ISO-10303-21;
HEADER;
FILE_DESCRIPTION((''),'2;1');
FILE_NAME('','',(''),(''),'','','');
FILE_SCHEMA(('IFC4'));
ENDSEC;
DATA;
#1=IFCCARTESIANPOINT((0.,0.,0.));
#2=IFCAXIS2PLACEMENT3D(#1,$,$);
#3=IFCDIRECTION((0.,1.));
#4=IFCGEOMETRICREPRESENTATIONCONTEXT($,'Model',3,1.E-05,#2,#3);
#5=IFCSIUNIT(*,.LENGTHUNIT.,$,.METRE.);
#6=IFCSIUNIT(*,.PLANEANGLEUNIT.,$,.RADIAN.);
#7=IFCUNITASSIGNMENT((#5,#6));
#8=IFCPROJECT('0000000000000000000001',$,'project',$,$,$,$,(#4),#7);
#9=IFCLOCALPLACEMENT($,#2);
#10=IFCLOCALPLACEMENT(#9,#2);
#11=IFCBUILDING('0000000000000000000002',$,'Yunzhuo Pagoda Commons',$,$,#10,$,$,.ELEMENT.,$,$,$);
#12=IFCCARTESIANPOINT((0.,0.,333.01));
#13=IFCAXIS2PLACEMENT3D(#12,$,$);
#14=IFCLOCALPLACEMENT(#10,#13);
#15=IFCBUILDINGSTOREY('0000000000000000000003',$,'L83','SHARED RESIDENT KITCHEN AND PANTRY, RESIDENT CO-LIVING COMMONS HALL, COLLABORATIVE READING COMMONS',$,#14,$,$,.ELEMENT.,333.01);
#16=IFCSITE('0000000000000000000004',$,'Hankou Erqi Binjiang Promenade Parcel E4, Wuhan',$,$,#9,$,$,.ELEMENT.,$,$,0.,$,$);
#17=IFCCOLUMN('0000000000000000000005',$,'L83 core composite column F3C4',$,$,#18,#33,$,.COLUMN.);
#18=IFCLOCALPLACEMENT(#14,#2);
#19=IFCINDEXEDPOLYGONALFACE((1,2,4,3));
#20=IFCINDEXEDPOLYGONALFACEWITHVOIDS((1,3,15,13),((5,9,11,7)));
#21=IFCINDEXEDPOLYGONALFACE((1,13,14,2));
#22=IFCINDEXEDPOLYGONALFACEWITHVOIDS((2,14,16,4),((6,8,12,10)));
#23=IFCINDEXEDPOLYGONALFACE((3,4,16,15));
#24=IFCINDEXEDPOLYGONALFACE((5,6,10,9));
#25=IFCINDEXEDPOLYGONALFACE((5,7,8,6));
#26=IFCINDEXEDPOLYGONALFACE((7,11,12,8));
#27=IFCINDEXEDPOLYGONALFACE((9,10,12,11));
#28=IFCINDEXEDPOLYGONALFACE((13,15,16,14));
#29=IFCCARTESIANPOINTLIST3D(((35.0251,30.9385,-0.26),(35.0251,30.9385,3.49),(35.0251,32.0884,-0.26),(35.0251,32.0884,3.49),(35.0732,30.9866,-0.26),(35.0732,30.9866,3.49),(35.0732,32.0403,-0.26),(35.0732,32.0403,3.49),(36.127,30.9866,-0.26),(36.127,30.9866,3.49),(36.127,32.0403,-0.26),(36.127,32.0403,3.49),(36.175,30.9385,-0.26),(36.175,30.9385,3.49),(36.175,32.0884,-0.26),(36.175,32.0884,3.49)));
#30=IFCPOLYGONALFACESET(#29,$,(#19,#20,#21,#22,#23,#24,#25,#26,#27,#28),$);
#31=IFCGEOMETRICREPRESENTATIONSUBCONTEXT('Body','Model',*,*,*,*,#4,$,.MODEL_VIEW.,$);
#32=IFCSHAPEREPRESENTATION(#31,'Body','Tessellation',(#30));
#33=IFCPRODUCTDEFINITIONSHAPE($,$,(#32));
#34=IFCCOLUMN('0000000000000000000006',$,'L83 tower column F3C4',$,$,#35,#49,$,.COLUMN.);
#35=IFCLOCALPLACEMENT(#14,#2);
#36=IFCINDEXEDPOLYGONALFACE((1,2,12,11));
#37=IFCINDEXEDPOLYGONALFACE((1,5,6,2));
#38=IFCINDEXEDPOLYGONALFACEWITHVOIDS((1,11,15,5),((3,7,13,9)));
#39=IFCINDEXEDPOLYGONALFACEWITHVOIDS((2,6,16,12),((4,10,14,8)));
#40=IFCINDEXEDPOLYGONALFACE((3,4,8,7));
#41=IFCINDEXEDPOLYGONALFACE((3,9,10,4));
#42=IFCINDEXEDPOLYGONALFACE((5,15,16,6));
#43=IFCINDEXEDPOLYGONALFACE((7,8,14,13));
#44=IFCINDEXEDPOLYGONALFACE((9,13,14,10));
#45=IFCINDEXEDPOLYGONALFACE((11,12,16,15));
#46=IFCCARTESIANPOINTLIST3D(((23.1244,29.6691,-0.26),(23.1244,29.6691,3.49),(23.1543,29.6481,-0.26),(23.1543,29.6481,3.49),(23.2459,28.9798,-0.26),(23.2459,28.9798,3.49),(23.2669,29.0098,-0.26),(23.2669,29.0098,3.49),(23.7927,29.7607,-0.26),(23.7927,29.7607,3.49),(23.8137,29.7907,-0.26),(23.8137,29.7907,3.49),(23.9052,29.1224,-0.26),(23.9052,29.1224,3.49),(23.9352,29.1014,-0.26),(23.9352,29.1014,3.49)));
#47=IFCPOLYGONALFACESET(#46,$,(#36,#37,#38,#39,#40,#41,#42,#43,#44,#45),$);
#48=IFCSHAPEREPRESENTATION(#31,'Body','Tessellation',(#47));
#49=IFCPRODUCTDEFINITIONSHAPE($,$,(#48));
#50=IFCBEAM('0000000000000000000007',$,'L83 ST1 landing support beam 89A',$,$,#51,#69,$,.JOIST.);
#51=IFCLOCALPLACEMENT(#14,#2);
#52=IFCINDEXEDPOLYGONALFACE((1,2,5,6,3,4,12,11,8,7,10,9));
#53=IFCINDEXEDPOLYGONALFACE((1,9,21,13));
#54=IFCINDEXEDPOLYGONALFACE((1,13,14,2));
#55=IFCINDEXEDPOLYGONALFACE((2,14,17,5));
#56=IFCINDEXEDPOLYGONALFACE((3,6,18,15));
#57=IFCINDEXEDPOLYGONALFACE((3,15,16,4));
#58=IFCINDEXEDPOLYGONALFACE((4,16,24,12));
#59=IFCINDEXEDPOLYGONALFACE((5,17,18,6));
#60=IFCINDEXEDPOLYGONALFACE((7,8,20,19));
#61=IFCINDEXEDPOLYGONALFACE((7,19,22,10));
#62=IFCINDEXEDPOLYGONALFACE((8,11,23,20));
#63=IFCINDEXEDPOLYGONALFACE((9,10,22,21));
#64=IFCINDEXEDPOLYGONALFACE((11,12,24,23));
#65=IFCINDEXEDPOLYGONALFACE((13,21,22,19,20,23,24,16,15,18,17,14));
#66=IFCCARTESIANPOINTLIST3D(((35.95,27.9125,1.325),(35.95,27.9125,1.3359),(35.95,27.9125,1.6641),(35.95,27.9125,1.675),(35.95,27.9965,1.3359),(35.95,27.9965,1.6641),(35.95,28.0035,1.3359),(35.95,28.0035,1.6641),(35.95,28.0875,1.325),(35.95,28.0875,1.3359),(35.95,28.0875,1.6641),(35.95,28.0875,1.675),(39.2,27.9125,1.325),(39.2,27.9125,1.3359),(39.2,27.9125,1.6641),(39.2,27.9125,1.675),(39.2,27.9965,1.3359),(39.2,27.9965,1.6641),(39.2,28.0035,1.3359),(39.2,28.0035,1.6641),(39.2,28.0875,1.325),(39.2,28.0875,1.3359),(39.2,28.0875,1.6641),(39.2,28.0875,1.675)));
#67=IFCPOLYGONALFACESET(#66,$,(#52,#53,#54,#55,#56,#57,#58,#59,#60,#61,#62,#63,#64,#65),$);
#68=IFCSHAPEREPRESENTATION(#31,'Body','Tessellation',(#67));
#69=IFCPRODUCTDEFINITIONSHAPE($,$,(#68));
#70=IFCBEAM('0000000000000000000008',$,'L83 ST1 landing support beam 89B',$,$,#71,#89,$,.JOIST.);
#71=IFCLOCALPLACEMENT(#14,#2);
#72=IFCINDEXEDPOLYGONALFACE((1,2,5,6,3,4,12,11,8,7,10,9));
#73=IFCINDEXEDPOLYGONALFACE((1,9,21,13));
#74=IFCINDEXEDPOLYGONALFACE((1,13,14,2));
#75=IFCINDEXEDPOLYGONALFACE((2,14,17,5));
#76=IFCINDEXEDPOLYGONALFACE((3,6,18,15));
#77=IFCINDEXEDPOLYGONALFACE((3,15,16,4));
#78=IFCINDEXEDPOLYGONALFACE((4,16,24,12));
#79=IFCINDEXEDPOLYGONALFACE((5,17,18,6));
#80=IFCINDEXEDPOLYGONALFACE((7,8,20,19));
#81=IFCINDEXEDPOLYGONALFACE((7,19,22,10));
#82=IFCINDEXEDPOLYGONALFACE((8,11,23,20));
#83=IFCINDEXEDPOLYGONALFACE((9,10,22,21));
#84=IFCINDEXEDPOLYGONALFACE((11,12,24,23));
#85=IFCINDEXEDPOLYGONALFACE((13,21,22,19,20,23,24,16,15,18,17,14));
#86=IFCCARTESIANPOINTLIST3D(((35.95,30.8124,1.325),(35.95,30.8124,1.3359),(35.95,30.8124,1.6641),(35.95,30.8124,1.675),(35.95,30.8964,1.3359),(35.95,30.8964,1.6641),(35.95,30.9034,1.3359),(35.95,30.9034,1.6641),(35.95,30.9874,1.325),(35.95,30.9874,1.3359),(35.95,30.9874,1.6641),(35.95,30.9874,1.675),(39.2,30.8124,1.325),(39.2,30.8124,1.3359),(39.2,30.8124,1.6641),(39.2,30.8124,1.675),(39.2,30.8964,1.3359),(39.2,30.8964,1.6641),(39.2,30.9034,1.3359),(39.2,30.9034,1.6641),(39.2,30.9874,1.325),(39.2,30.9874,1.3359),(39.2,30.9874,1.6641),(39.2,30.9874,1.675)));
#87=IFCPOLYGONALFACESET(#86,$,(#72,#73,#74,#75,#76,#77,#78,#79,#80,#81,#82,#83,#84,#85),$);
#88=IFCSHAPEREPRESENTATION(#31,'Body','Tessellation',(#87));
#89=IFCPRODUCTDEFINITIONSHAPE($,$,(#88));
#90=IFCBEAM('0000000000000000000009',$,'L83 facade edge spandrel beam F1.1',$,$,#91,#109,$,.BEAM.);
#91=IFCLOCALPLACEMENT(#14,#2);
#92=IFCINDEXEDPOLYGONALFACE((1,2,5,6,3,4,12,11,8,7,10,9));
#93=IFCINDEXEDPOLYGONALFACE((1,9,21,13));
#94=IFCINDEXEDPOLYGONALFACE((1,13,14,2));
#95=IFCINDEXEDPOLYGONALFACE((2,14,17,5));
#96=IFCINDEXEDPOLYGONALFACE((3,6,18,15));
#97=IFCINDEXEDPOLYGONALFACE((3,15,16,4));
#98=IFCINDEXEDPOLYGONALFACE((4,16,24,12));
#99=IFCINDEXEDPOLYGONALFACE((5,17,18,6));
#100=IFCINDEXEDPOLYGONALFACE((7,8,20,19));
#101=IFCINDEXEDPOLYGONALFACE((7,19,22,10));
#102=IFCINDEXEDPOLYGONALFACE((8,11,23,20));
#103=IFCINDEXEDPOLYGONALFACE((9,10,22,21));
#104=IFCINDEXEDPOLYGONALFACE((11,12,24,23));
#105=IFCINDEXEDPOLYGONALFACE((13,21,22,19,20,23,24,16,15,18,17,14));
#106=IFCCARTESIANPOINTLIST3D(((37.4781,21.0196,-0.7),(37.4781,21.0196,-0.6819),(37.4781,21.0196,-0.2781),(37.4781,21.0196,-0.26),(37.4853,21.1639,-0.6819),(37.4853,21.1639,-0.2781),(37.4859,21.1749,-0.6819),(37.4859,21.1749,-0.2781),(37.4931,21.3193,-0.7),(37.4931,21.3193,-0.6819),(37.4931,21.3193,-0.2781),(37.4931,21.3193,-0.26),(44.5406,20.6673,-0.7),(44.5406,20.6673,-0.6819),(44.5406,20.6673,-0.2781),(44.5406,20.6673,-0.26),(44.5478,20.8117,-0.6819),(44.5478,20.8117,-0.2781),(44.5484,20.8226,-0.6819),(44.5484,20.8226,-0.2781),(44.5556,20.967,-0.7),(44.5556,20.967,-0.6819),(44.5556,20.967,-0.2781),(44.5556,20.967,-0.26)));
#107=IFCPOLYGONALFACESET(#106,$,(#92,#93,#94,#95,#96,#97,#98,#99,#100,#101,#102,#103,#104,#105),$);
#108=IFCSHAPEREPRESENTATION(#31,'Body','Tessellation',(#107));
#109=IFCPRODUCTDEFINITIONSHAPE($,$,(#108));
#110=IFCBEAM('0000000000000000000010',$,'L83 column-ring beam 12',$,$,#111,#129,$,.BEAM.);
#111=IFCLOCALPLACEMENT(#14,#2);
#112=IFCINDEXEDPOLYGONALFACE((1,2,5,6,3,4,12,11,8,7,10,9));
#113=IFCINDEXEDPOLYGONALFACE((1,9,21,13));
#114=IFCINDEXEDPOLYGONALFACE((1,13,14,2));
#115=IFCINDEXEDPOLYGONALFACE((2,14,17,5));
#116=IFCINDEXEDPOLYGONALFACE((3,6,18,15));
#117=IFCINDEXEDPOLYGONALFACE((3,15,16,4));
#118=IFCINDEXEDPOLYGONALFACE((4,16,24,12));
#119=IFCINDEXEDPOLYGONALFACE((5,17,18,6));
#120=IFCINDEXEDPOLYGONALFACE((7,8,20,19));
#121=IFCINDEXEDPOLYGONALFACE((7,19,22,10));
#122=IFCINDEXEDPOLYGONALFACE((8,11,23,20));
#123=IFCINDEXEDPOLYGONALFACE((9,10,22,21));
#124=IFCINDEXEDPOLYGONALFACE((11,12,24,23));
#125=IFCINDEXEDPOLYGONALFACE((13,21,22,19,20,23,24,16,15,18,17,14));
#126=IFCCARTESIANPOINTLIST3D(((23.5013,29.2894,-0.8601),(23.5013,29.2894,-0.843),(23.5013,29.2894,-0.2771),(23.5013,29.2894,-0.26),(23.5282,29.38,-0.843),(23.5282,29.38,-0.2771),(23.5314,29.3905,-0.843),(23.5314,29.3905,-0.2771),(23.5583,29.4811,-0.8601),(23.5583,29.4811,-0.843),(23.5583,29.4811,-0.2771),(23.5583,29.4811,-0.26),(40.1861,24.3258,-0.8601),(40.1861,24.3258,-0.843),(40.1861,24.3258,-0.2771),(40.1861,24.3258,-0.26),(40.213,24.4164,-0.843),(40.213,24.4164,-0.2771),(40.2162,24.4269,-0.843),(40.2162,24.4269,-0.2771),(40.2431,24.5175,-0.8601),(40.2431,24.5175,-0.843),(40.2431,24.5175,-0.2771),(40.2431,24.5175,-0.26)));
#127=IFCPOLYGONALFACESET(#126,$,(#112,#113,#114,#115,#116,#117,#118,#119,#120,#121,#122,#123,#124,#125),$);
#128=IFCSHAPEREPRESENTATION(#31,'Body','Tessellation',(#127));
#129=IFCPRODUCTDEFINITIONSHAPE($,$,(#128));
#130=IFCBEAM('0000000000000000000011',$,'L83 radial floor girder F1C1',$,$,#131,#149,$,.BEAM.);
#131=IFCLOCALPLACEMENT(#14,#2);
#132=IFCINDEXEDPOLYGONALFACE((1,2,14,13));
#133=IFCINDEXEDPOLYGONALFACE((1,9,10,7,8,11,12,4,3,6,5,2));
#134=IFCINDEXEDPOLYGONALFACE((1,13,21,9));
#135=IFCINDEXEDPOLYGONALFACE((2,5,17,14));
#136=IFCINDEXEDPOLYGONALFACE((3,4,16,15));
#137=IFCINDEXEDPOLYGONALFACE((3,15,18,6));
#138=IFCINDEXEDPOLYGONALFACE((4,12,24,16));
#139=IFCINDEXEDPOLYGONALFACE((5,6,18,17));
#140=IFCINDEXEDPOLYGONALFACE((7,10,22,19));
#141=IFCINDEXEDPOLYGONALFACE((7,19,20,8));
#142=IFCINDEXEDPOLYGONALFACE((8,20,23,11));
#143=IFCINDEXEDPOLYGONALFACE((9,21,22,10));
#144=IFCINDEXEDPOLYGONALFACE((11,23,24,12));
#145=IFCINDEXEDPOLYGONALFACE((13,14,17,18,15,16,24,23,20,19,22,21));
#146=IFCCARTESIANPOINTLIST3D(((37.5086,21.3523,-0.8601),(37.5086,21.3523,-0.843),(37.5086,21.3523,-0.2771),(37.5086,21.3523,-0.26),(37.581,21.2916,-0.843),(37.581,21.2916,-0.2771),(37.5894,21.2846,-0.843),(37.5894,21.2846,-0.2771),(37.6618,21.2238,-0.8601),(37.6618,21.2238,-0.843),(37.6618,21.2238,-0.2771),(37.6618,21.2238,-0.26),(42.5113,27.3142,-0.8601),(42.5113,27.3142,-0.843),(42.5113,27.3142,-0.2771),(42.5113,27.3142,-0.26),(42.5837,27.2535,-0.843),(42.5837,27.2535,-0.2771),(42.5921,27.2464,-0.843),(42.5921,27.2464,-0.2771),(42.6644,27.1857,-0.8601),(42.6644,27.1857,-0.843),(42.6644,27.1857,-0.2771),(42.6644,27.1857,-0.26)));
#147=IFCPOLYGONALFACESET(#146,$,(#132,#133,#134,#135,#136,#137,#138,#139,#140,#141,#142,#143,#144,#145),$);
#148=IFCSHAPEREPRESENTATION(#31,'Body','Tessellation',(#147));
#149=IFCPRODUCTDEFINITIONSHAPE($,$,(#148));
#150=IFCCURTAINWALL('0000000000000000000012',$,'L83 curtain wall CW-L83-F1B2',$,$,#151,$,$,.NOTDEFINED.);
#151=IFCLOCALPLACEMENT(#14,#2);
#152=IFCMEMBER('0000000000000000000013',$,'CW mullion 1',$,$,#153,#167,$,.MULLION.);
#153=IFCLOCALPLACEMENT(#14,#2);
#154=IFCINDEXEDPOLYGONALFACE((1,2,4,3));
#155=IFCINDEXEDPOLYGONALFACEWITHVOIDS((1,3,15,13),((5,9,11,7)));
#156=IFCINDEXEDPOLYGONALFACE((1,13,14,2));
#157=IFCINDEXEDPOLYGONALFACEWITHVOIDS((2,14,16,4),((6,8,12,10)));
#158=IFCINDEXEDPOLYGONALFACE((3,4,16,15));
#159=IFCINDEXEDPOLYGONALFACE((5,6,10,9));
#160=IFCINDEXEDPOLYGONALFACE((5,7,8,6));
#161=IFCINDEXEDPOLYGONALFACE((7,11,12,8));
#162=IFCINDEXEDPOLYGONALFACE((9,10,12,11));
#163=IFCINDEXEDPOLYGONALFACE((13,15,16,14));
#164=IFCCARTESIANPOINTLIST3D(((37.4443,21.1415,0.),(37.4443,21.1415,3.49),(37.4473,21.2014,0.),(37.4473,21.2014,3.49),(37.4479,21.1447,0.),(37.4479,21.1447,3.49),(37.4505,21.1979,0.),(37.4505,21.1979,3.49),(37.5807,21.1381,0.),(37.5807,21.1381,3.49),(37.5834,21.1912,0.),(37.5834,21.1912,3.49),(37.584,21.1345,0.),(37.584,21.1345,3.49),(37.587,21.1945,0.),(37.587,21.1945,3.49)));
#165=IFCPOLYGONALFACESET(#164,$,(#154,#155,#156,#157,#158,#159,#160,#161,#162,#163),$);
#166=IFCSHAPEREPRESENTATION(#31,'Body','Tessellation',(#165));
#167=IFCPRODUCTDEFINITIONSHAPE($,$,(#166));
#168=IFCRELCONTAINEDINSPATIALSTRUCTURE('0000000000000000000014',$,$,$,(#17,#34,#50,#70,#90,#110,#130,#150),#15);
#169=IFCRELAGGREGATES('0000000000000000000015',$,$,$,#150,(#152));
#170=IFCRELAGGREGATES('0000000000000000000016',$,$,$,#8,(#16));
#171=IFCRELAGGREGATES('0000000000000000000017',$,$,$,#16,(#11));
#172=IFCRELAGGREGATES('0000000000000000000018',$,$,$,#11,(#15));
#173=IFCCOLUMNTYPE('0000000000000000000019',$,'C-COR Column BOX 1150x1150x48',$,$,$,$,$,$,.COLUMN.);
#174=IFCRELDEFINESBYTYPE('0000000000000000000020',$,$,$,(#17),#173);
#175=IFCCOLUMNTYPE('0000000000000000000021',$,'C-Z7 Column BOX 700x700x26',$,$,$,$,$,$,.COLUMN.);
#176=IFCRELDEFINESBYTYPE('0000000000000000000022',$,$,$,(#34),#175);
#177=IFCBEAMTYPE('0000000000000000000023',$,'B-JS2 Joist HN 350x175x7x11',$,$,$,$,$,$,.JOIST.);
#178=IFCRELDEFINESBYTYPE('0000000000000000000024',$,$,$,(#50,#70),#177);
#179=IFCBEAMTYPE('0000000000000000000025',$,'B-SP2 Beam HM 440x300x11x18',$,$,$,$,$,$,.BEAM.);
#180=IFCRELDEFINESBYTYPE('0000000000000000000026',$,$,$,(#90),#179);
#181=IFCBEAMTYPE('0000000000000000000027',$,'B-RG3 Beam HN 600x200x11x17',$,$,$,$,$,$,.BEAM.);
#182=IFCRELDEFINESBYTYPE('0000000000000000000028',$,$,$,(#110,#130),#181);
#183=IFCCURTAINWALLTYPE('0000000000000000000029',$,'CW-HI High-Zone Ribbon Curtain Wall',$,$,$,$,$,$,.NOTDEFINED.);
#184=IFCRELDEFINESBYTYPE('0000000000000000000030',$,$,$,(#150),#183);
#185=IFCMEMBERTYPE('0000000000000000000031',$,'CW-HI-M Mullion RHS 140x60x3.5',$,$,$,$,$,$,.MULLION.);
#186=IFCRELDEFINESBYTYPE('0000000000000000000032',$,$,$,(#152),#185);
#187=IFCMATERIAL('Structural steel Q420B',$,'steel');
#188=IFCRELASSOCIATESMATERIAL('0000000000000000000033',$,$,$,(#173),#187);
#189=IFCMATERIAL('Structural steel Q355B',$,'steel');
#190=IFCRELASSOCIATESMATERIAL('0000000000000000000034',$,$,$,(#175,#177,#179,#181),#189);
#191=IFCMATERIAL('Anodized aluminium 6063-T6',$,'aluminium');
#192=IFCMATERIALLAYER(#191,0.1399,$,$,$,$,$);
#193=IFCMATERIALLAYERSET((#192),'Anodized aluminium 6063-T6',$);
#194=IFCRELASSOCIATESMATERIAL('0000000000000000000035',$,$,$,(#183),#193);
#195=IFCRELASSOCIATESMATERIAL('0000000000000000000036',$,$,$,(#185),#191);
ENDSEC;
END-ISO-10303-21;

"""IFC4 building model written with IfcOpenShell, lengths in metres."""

from ifc_helpers import new_model, si_unit, direction, frame, origin, origin_2d, place, context, subcontext, project, spatial, hollow_rectangle, i_section, extrude, source, transform, mapped, material, layer, layer_set, material_profile, profile_set, type_object, element, aggregate, save


model = new_model("IFC4")

# Units and contexts
model_context = context("Model", 3, precision=1e-05, world=origin(), true_north=direction((0.0, 1.0)))
body_context = subcontext(model_context, "Body", "Model", "MODEL_VIEW")
ifc_project = project(units=[si_unit("LENGTHUNIT", "METRE"), si_unit("PLANEANGLEUNIT", "RADIAN")], contexts=[model_context])

# Site, building, storey
site_placement = place(None, origin())
site = spatial("IfcSite", under=ifc_project, at=site_placement, Name="Hankou Erqi Binjiang Promenade Parcel E4, Wuhan", CompositionType="ELEMENT", RefElevation=0.0)
building_placement = place(site_placement, origin())
building = spatial("IfcBuilding", under=site, at=building_placement, Name="Yunzhuo Pagoda Commons", CompositionType="ELEMENT")
storey_placement = place(building_placement, frame((0.0, 0.0, 333.01)))
storey = spatial("IfcBuildingStorey", under=building, at=storey_placement, Name="L83", Description="SHARED RESIDENT KITCHEN AND PANTRY, RESIDENT CO-LIVING COMMONS HALL, COLLABORATIVE READING COMMONS", CompositionType="ELEMENT", Elevation=333.01)

# Columns
ifc_material_1 = material(Name="Structural steel Q420B", Category="steel")
ifc_material_profile_1 = material_profile(ifc_material_1, hollow_rectangle(XDim=1.1499, YDim=1.1499, WallThickness=0.0481, at=origin_2d()), Name="Structural steel Q420B")
ifc_profile_set_1 = profile_set([ifc_material_profile_1], Name="Structural steel Q420B")
column_type_1 = type_object("IfcColumnType", Name="C-COR Column BOX 1150x1150x48", PredefinedType="COLUMN", material=ifc_profile_set_1)
shared_shape_1 = source(origin(), body_context, "Body", "SweptSolid", [
    extrude(hollow_rectangle(XDim=1.1499, YDim=1.1499, WallThickness=0.0481, at=origin_2d()), origin(), (0.0, 0.0, 1.0), 3.75),
])
column_1_placement = place(storey_placement, frame((35.6001, 31.5134, -0.26), z_axis=(0.0, 0.0, 1.0), x_axis=(1.0, 0.0, 0.0)))
element("IfcColumn", 1, at=column_1_placement, inside=storey, type_object=column_type_1, Name="L83 core composite column F3C4", PredefinedType="COLUMN", context=body_context, shape_type="MappedRepresentation", body=[
    mapped(shared_shape_1, transform((0.0, 0.0, 0.0), scale=1.0)),
])
ifc_material_2 = material(Name="Structural steel Q355B", Category="steel")
ifc_material_profile_2 = material_profile(ifc_material_2, hollow_rectangle(XDim=0.7, YDim=0.7, WallThickness=0.0259, at=origin_2d()), Name="Structural steel Q355B")
ifc_profile_set_2 = profile_set([ifc_material_profile_2], Name="Structural steel Q355B")
column_type_2 = type_object("IfcColumnType", Name="C-Z7 Column BOX 700x700x26", PredefinedType="COLUMN", material=ifc_profile_set_2)
shared_shape_2 = source(origin(), body_context, "Body", "SweptSolid", [
    extrude(hollow_rectangle(XDim=0.7, YDim=0.7, WallThickness=0.0259, at=origin_2d()), origin(), (0.0, 0.0, 1.0), 3.75),
])
column_2_placement = place(storey_placement, frame((23.5298, 29.3853, -0.26), z_axis=(0.0, 0.0, 1.0), x_axis=(0.173648, -0.984808, 0.0)))
element("IfcColumn", 2, at=column_2_placement, inside=storey, type_object=column_type_2, Name="L83 tower column F3C4", PredefinedType="COLUMN", context=body_context, shape_type="MappedRepresentation", body=[
    mapped(shared_shape_2, transform((0.0, 0.0, 0.0), scale=1.0)),
])

# Beams
ifc_material_profile_3 = material_profile(ifc_material_2, i_section(OverallWidth=0.175, OverallDepth=0.3501, WebThickness=0.0071, FlangeThickness=0.011, at=origin_2d()), Name="Structural steel Q355B")
ifc_profile_set_3 = profile_set([ifc_material_profile_3], Name="Structural steel Q355B")
beam_type_1 = type_object("IfcBeamType", Name="B-JS2 Joist HN 350x175x7x11", PredefinedType="JOIST", material=ifc_profile_set_3)
shared_shape_3 = source(origin(), body_context, "Body", "SweptSolid", [
    extrude(i_section(OverallWidth=0.175, OverallDepth=0.3501, WebThickness=0.0071, FlangeThickness=0.011, at=origin_2d()), origin(), (0.0, 0.0, 1.0), 3.25),
])
for number, where, z_axis, x_axis, name in (
    (3, (35.95, 28.0, 1.5), (1.0, 0.0, 0.0), (0.0, 1.0, 0.0), "L83 ST1 landing support beam 89A"),
    (4, (35.95, 30.8999, 1.5), (1.0, 0.0, 0.0), (0.0, 1.0, 0.0), "L83 ST1 landing support beam 89B"),
):
    element("IfcBeam", number, at=place(storey_placement, frame(where, z_axis=z_axis, x_axis=x_axis)), inside=storey, type_object=beam_type_1, Name=name, PredefinedType="JOIST", context=body_context, shape_type="MappedRepresentation", body=[
        mapped(shared_shape_3, transform((0.0, 0.0, 0.0), scale=1.0)),
    ])
ifc_material_profile_4 = material_profile(ifc_material_2, i_section(OverallWidth=0.3, OverallDepth=0.4399, WebThickness=0.011, FlangeThickness=0.0181, at=origin_2d()), Name="Structural steel Q355B")
ifc_profile_set_4 = profile_set([ifc_material_profile_4], Name="Structural steel Q355B")
beam_type_2 = type_object("IfcBeamType", Name="B-SP2 Beam HM 440x300x11x18", PredefinedType="BEAM", material=ifc_profile_set_4)
shared_shape_4 = source(origin(), body_context, "Body", "SweptSolid", [
    extrude(i_section(OverallWidth=0.3, OverallDepth=0.4399, WebThickness=0.011, FlangeThickness=0.0181, at=origin_2d()), origin(), (0.0, 0.0, 1.0), 7.0713),
])
beam_1_placement = place(storey_placement, frame((37.4856, 21.1694, -0.48), z_axis=(0.998758, -0.049821, 0.0), x_axis=(0.049821, 0.998758, 0.0)))
element("IfcBeam", 5, at=beam_1_placement, inside=storey, type_object=beam_type_2, Name="L83 facade edge spandrel beam F1.1", PredefinedType="BEAM", context=body_context, shape_type="MappedRepresentation", body=[
    mapped(shared_shape_4, transform((0.0, 0.0, 0.0), scale=1.0)),
])
ifc_material_profile_5 = material_profile(ifc_material_2, i_section(OverallWidth=0.2, OverallDepth=0.6001, WebThickness=0.011, FlangeThickness=0.0171, at=origin_2d()), Name="Structural steel Q355B")
ifc_profile_set_5 = profile_set([ifc_material_profile_5], Name="Structural steel Q355B")
beam_type_3 = type_object("IfcBeamType", Name="B-RG3 Beam HN 600x200x11x17", PredefinedType="BEAM", material=ifc_profile_set_5)
shared_shape_5 = source(origin(), body_context, "Body", "SweptSolid", [
    extrude(i_section(OverallWidth=0.2, OverallDepth=0.6001, WebThickness=0.011, FlangeThickness=0.0171, at=origin_2d()), origin(), (0.0, 0.0, 1.0), 17.4075),
])
beam_2_placement = place(storey_placement, frame((23.5298, 29.3853, -0.5601), z_axis=(0.958485, -0.285143, 0.0), x_axis=(0.285143, 0.958485, 0.0)))
element("IfcBeam", 6, at=beam_2_placement, inside=storey, type_object=beam_type_3, Name="L83 column-ring beam 12", PredefinedType="BEAM", context=body_context, shape_type="MappedRepresentation", body=[
    mapped(shared_shape_5, transform((0.0, 0.0, 0.0), scale=1.0)),
])
shared_shape_6 = source(origin(), body_context, "Body", "SweptSolid", [
    extrude(i_section(OverallWidth=0.2, OverallDepth=0.6001, WebThickness=0.011, FlangeThickness=0.0171, at=origin_2d()), origin(), (0.0, 0.0, 1.0), 7.7827),
])
beam_3_placement = place(storey_placement, frame((37.5852, 21.2881, -0.5601), z_axis=(0.642791, 0.766042, 0.0), x_axis=(-0.766042, 0.642791, 0.0)))
element("IfcBeam", 7, at=beam_3_placement, inside=storey, type_object=beam_type_3, Name="L83 radial floor girder F1C1", PredefinedType="BEAM", context=body_context, shape_type="MappedRepresentation", body=[
    mapped(shared_shape_6, transform((0.0, 0.0, 0.0), scale=1.0)),
])

# Curtain wall, member
ifc_material_3 = material(Name="Anodized aluminium 6063-T6", Category="aluminium")
ifc_layer_1 = layer(ifc_material_3, 0.1399)
ifc_layer_set_1 = layer_set([ifc_layer_1], Name="Anodized aluminium 6063-T6")
curtain_wall_type = type_object("IfcCurtainWallType", Name="CW-HI High-Zone Ribbon Curtain Wall", PredefinedType="NOTDEFINED", material=ifc_layer_set_1)
curtain_wall_1_placement = place(storey_placement, origin())
curtain_wall_1 = element("IfcCurtainWall", 8, at=curtain_wall_1_placement, inside=storey, type_object=curtain_wall_type, Name="L83 curtain wall CW-L83-F1B2", PredefinedType="NOTDEFINED")
ifc_material_profile_6 = material_profile(ifc_material_3, hollow_rectangle(XDim=0.0601, YDim=0.1399, WallThickness=0.0034, at=origin_2d()), Name="Anodized aluminium 6063-T6")
ifc_profile_set_6 = profile_set([ifc_material_profile_6], Name="Anodized aluminium 6063-T6")
member_type_1 = type_object("IfcMemberType", Name="CW-HI-M Mullion RHS 140x60x3.5", PredefinedType="MULLION", material=ifc_profile_set_6)
shared_shape_7 = source(origin(), body_context, "Body", "SweptSolid", [
    extrude(hollow_rectangle(XDim=0.0601, YDim=0.1399, WallThickness=0.0034, at=origin_2d()), origin(), (0.0, 0.0, 1.0), 3.49),
])
member_1_placement = place(storey_placement, frame((37.5156, 21.168, 0.0), z_axis=(0.0, 0.0, 1.0), x_axis=(0.04985, 0.998757, 0.0)))
member_1 = element("IfcMember", 9, at=member_1_placement, type_object=member_type_1, Name="CW mullion 1", PredefinedType="MULLION", context=body_context, shape_type="MappedRepresentation", body=[
    mapped(shared_shape_7, transform((0.0, 0.0, 0.0), scale=1.0)),
])

aggregate(curtain_wall_1, [member_1])

save(model, "model.ifc")
